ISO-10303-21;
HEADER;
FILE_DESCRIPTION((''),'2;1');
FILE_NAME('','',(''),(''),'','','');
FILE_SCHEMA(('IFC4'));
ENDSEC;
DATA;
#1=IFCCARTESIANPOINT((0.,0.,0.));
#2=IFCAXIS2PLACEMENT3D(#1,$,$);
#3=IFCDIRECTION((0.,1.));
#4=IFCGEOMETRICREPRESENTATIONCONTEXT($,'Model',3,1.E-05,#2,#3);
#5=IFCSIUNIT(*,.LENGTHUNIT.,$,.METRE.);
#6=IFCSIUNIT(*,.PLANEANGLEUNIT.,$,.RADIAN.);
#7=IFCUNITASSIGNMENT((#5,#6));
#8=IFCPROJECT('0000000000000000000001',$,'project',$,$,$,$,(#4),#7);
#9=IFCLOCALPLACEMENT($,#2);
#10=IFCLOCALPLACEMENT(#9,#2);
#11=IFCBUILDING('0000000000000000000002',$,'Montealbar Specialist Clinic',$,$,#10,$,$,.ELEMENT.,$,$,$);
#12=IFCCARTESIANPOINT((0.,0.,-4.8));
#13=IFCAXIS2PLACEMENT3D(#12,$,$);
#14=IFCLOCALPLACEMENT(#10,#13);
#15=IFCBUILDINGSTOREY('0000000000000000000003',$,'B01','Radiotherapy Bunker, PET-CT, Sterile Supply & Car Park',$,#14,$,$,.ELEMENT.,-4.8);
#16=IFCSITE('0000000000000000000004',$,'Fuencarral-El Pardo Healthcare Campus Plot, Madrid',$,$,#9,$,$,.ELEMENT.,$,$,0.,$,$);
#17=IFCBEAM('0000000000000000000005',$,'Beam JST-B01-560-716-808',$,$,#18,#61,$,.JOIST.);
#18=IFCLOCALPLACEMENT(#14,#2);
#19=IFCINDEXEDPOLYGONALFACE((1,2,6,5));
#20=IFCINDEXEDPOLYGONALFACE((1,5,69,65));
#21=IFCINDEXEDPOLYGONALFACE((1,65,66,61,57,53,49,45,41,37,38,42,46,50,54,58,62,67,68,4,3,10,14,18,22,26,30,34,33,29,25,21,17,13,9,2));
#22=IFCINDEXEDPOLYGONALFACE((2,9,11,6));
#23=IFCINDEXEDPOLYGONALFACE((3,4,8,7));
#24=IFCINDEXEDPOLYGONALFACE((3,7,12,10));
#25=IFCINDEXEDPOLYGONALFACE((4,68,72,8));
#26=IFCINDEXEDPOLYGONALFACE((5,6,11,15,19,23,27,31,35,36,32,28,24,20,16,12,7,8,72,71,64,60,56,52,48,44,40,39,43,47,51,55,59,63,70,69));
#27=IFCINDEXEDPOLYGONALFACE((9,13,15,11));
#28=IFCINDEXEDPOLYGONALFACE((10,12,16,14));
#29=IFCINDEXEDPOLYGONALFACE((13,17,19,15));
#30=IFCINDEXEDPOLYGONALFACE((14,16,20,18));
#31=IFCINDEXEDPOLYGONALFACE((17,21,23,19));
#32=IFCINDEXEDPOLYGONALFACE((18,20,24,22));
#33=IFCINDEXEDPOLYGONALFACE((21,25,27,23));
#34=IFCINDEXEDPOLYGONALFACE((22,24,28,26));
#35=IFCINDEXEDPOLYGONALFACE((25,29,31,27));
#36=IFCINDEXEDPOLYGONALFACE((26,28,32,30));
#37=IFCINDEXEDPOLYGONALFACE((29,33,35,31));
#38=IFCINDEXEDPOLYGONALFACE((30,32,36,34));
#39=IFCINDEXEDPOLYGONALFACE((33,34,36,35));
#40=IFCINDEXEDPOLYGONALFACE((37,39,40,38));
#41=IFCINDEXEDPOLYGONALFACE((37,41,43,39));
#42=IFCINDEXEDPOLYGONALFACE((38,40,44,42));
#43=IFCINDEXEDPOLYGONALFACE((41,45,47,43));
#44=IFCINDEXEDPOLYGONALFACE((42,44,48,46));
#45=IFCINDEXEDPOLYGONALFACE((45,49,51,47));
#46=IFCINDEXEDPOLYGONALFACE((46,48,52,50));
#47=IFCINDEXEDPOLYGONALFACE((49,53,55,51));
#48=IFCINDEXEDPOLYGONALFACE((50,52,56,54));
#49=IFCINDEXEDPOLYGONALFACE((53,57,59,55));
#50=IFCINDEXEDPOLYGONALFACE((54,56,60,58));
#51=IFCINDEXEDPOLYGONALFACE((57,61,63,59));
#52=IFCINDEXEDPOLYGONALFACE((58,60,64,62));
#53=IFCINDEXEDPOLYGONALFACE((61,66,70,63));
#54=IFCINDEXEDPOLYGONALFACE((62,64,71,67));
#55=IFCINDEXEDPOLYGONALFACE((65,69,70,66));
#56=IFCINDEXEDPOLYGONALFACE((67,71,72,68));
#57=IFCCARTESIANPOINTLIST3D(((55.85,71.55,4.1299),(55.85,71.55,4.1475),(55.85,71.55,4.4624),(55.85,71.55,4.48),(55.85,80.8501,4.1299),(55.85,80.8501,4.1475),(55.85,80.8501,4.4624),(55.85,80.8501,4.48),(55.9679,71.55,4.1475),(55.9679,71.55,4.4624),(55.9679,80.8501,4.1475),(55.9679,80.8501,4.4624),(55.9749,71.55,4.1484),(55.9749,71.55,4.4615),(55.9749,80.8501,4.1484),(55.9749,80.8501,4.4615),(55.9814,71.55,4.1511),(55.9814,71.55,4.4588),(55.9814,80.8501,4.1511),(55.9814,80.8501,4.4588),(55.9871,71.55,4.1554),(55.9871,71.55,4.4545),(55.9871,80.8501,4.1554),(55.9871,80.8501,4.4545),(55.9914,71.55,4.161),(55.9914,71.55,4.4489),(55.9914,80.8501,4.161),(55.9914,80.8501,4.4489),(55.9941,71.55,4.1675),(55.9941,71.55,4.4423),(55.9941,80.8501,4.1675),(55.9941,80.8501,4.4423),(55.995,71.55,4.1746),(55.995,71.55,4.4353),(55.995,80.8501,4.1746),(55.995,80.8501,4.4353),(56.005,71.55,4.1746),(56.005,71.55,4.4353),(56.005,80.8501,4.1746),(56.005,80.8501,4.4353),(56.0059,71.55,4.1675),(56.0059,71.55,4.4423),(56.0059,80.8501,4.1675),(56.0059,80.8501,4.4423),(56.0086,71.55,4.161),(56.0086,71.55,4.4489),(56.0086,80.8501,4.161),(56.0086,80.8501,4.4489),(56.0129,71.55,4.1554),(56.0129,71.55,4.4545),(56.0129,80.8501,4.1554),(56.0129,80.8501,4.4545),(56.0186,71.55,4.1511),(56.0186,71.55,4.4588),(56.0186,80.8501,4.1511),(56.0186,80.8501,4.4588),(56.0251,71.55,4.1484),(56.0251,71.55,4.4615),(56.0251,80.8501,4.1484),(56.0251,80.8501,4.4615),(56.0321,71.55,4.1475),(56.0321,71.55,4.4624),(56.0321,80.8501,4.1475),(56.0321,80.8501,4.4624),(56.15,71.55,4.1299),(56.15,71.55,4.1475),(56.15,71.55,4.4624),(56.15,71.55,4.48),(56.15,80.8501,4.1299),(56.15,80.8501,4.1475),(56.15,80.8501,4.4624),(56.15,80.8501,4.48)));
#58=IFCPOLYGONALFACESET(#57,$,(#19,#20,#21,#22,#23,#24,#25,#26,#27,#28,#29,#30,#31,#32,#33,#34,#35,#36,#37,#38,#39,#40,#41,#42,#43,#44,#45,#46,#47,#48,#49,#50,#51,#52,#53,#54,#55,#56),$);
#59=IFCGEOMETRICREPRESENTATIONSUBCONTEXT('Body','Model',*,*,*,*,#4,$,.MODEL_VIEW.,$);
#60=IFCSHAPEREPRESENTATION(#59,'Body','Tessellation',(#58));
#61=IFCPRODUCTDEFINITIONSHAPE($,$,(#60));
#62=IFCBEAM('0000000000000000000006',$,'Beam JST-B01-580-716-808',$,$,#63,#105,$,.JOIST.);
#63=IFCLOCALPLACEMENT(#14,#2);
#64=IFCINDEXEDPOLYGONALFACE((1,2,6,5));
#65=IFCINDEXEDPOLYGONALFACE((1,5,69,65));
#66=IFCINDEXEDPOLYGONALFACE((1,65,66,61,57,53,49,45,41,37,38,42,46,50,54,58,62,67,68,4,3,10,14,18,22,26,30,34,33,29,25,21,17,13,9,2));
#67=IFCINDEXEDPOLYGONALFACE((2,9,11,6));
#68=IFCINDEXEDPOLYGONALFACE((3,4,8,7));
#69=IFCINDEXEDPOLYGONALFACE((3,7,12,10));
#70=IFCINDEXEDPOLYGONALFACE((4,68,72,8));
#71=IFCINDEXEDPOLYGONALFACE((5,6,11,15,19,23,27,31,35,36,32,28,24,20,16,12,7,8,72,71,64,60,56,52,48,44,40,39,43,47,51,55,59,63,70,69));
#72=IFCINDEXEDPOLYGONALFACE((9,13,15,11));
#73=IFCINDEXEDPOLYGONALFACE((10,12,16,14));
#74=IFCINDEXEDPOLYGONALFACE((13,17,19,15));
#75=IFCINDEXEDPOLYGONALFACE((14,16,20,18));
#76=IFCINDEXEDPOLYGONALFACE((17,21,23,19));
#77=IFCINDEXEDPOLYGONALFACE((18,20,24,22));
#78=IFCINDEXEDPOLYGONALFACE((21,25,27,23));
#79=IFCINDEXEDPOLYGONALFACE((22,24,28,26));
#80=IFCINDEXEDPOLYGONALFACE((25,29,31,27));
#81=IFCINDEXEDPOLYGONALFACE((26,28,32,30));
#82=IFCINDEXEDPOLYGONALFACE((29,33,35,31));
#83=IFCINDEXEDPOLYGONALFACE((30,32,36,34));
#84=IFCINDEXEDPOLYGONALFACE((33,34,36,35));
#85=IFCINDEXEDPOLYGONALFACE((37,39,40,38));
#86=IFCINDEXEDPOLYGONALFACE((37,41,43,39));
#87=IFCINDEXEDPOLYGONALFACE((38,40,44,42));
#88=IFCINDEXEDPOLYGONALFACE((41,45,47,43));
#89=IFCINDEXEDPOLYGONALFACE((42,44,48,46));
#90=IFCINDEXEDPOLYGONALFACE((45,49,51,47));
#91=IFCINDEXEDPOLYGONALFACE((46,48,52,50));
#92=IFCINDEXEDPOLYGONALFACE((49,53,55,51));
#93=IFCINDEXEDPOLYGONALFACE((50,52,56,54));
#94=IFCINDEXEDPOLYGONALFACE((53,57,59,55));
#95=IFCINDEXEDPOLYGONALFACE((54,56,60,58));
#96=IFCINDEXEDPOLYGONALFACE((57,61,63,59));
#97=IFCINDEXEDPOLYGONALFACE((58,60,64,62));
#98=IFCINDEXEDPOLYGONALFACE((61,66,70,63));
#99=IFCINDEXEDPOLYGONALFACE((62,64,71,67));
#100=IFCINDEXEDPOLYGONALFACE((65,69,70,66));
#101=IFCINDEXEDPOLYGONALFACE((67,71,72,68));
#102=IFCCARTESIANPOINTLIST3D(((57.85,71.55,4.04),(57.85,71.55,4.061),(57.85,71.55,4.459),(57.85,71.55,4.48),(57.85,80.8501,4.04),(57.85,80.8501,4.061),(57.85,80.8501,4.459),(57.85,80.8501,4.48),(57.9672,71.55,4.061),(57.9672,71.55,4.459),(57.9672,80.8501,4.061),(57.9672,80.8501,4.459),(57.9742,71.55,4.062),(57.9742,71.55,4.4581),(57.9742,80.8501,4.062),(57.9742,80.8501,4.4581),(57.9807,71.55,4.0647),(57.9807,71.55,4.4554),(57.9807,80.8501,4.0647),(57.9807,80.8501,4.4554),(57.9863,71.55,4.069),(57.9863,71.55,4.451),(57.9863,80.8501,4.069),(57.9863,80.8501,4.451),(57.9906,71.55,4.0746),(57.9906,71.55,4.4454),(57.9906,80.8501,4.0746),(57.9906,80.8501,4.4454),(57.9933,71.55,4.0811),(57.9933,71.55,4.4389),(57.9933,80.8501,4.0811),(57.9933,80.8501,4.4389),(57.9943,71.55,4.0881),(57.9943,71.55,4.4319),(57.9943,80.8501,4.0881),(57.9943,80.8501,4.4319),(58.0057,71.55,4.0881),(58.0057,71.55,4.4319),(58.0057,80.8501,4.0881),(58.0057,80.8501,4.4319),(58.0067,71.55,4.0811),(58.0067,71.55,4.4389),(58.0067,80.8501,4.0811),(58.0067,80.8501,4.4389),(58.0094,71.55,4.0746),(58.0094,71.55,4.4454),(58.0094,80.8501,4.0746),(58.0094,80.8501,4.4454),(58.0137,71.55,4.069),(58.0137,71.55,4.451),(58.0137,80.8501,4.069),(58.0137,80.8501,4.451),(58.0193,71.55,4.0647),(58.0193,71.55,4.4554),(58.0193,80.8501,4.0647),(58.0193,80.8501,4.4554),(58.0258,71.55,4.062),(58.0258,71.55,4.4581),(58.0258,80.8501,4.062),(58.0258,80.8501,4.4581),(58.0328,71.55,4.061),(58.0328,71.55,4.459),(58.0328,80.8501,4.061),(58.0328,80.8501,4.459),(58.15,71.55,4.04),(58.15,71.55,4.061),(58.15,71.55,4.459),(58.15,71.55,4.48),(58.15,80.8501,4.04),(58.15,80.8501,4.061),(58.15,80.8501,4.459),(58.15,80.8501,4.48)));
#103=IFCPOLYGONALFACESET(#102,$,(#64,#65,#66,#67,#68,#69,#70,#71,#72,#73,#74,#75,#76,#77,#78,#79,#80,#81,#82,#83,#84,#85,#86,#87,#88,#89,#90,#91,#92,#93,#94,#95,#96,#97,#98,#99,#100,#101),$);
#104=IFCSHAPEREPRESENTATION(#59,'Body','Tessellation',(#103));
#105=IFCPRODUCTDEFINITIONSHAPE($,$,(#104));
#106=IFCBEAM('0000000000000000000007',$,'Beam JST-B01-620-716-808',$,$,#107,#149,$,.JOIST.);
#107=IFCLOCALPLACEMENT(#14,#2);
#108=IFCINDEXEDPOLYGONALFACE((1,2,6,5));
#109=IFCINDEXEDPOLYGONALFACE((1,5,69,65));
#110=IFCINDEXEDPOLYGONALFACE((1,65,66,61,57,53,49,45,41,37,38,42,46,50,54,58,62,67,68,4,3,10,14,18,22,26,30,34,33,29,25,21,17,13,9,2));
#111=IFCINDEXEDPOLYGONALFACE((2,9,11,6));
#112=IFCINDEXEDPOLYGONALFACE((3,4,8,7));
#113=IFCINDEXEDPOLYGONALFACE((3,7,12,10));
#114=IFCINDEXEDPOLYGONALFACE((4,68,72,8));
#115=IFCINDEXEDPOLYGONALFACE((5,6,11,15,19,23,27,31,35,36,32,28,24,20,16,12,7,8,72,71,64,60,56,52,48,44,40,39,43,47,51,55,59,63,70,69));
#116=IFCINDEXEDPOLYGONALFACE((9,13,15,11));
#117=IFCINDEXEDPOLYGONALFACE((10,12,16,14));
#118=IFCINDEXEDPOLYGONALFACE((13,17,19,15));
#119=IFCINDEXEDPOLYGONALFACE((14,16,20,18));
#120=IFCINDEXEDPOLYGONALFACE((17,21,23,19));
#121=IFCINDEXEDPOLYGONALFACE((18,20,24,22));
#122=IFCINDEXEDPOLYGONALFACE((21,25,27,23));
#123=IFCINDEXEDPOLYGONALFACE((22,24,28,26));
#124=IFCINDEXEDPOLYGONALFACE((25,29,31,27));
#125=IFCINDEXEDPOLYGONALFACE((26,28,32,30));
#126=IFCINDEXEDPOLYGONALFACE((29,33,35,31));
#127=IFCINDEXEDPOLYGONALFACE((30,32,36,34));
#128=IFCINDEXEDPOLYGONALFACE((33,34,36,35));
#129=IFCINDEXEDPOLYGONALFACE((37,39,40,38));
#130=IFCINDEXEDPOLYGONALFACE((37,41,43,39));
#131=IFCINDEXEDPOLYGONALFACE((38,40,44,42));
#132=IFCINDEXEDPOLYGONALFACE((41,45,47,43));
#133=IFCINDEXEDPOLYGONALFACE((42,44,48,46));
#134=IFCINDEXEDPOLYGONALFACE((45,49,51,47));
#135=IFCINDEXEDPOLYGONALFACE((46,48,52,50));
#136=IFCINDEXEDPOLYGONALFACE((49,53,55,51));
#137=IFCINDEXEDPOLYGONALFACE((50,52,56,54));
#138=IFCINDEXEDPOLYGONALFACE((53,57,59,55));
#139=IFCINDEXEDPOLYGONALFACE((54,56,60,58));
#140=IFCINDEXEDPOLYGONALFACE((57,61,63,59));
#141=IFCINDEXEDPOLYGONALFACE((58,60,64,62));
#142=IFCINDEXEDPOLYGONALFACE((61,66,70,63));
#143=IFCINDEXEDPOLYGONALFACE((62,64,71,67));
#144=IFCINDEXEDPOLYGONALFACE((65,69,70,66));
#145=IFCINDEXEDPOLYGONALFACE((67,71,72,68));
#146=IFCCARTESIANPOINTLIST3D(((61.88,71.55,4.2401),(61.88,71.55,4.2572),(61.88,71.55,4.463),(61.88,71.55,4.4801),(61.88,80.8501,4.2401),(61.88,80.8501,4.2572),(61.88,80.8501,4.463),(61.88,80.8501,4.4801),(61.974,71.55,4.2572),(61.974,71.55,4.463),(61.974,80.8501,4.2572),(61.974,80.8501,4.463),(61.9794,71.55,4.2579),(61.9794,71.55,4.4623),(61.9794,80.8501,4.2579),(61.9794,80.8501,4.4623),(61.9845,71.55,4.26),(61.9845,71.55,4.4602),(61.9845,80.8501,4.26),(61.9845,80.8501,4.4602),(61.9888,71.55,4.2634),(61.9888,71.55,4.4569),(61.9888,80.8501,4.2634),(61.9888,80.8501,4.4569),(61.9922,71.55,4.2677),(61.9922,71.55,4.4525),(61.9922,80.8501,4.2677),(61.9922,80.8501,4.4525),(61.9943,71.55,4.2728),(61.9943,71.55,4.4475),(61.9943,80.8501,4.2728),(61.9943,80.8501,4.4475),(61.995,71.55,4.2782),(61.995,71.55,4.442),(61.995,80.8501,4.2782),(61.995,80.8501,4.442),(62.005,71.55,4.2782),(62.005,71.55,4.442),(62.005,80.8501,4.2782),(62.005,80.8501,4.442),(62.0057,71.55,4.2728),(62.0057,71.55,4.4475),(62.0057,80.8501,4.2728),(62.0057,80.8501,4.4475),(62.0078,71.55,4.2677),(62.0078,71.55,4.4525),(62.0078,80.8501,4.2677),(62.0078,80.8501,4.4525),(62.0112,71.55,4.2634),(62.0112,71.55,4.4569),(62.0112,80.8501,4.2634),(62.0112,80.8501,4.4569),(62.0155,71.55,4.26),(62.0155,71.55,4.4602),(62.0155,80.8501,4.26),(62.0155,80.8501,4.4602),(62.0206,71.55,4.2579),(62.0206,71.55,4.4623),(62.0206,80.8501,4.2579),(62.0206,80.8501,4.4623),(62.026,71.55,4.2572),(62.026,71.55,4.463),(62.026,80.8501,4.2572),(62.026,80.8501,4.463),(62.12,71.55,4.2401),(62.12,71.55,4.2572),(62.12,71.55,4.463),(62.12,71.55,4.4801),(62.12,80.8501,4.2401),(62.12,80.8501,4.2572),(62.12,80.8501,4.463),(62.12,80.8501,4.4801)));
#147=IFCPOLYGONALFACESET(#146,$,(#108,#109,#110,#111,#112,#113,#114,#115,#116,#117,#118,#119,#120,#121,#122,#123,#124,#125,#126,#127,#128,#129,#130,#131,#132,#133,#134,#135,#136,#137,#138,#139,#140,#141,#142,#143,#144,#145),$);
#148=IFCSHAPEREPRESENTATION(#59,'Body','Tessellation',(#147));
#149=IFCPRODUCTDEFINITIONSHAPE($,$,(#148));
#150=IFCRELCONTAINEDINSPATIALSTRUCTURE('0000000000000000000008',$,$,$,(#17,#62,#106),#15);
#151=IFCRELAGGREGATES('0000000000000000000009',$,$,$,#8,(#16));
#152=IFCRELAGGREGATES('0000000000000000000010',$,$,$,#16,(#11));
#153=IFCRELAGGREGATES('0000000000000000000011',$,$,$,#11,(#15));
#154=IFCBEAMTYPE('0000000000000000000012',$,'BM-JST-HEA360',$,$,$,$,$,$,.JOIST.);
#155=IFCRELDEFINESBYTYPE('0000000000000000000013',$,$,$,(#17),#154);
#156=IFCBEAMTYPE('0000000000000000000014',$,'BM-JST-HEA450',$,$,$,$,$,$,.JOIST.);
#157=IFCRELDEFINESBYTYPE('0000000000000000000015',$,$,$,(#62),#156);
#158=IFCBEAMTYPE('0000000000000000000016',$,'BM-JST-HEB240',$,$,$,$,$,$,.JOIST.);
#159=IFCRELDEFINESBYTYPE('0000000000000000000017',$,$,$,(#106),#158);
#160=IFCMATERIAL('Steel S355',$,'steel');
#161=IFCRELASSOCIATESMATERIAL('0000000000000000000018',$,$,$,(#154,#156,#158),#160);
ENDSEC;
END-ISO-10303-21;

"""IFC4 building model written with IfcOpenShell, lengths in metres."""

from ifc_helpers import new_model, si_unit, direction, frame, origin, origin_2d, place, context, subcontext, project, spatial, i_section, extrude, material, material_profile, profile_set, type_object, element, save


model = new_model("IFC4")

# Units and contexts
model_context = context("Model", 3, precision=1e-05, world=origin(), true_north=direction((0.0, 1.0)))
body_context = subcontext(model_context, "Body", "Model", "MODEL_VIEW")
ifc_project = project(units=[si_unit("LENGTHUNIT", "METRE"), si_unit("PLANEANGLEUNIT", "RADIAN")], contexts=[model_context])

# Site, building, storey
site_placement = place(None, origin())
site = spatial("IfcSite", under=ifc_project, at=site_placement, Name="Fuencarral-El Pardo Healthcare Campus Plot, Madrid", CompositionType="ELEMENT", RefElevation=0.0)
building_placement = place(site_placement, origin())
building = spatial("IfcBuilding", under=site, at=building_placement, Name="Montealbar Specialist Clinic", CompositionType="ELEMENT")
storey_placement = place(building_placement, frame((0.0, 0.0, -4.8)))
storey = spatial("IfcBuildingStorey", under=building, at=storey_placement, Name="B01", Description="Radiotherapy Bunker, PET-CT, Sterile Supply & Car Park", CompositionType="ELEMENT", Elevation=-4.8)

# Shared definitions
ifc_material_1 = material(Name="Steel S355", Category="steel")

# Beams
ifc_material_profile_1 = material_profile(ifc_material_1, i_section(OverallWidth=0.3, OverallDepth=0.3501, WebThickness=0.01, FlangeThickness=0.0176, FilletRadius=0.0271, at=origin_2d()), Name="HEA 360", Category="steel")
ifc_profile_set_1 = profile_set([ifc_material_profile_1], Name="Steel S355")
beam_type_1 = type_object("IfcBeamType", Name="BM-JST-HEA360", PredefinedType="JOIST", material=ifc_profile_set_1)
beam_1_placement = place(storey_placement, frame((56.0, 71.55, 4.3049), z_axis=(0.0, 1.0, 0.0), x_axis=(-1.0, 0.0, 0.0)))
element("IfcBeam", 1, at=beam_1_placement, inside=storey, type_object=beam_type_1, Name="Beam JST-B01-560-716-808", PredefinedType="JOIST", context=body_context, shape_type="SweptSolid", body=[
    extrude(i_section(OverallWidth=0.3, OverallDepth=0.3501, WebThickness=0.01, FlangeThickness=0.0176, FilletRadius=0.0271, at=origin_2d()), origin(), (0.0, 0.0, 1.0), 9.3),
])
ifc_material_profile_2 = material_profile(ifc_material_1, i_section(OverallWidth=0.3, OverallDepth=0.4399, WebThickness=0.0115, FlangeThickness=0.021, FilletRadius=0.0271, at=origin_2d()), Name="HEA 450", Category="steel")
ifc_profile_set_2 = profile_set([ifc_material_profile_2], Name="Steel S355")
beam_type_2 = type_object("IfcBeamType", Name="BM-JST-HEA450", PredefinedType="JOIST", material=ifc_profile_set_2)
beam_2_placement = place(storey_placement, frame((58.0, 71.55, 4.26), z_axis=(0.0, 1.0, 0.0), x_axis=(-1.0, 0.0, 0.0)))
element("IfcBeam", 2, at=beam_2_placement, inside=storey, type_object=beam_type_2, Name="Beam JST-B01-580-716-808", PredefinedType="JOIST", context=body_context, shape_type="SweptSolid", body=[
    extrude(i_section(OverallWidth=0.3, OverallDepth=0.4399, WebThickness=0.0115, FlangeThickness=0.021, FilletRadius=0.0271, at=origin_2d()), origin(), (0.0, 0.0, 1.0), 9.3),
])
ifc_material_profile_3 = material_profile(ifc_material_1, i_section(OverallWidth=0.24, OverallDepth=0.24, WebThickness=0.01, FlangeThickness=0.0171, FilletRadius=0.021, at=origin_2d()), Name="HEB 240", Category="steel")
ifc_profile_set_3 = profile_set([ifc_material_profile_3], Name="Steel S355")
beam_type_3 = type_object("IfcBeamType", Name="BM-JST-HEB240", PredefinedType="JOIST", material=ifc_profile_set_3)
beam_3_placement = place(storey_placement, frame((62.0, 71.55, 4.3601), z_axis=(0.0, 1.0, 0.0), x_axis=(-1.0, 0.0, 0.0)))
element("IfcBeam", 3, at=beam_3_placement, inside=storey, type_object=beam_type_3, Name="Beam JST-B01-620-716-808", PredefinedType="JOIST", context=body_context, shape_type="SweptSolid", body=[
    extrude(i_section(OverallWidth=0.24, OverallDepth=0.24, WebThickness=0.01, FlangeThickness=0.0171, FilletRadius=0.021, at=origin_2d()), origin(), (0.0, 0.0, 1.0), 9.3),
])

save(model, "model.ifc")
